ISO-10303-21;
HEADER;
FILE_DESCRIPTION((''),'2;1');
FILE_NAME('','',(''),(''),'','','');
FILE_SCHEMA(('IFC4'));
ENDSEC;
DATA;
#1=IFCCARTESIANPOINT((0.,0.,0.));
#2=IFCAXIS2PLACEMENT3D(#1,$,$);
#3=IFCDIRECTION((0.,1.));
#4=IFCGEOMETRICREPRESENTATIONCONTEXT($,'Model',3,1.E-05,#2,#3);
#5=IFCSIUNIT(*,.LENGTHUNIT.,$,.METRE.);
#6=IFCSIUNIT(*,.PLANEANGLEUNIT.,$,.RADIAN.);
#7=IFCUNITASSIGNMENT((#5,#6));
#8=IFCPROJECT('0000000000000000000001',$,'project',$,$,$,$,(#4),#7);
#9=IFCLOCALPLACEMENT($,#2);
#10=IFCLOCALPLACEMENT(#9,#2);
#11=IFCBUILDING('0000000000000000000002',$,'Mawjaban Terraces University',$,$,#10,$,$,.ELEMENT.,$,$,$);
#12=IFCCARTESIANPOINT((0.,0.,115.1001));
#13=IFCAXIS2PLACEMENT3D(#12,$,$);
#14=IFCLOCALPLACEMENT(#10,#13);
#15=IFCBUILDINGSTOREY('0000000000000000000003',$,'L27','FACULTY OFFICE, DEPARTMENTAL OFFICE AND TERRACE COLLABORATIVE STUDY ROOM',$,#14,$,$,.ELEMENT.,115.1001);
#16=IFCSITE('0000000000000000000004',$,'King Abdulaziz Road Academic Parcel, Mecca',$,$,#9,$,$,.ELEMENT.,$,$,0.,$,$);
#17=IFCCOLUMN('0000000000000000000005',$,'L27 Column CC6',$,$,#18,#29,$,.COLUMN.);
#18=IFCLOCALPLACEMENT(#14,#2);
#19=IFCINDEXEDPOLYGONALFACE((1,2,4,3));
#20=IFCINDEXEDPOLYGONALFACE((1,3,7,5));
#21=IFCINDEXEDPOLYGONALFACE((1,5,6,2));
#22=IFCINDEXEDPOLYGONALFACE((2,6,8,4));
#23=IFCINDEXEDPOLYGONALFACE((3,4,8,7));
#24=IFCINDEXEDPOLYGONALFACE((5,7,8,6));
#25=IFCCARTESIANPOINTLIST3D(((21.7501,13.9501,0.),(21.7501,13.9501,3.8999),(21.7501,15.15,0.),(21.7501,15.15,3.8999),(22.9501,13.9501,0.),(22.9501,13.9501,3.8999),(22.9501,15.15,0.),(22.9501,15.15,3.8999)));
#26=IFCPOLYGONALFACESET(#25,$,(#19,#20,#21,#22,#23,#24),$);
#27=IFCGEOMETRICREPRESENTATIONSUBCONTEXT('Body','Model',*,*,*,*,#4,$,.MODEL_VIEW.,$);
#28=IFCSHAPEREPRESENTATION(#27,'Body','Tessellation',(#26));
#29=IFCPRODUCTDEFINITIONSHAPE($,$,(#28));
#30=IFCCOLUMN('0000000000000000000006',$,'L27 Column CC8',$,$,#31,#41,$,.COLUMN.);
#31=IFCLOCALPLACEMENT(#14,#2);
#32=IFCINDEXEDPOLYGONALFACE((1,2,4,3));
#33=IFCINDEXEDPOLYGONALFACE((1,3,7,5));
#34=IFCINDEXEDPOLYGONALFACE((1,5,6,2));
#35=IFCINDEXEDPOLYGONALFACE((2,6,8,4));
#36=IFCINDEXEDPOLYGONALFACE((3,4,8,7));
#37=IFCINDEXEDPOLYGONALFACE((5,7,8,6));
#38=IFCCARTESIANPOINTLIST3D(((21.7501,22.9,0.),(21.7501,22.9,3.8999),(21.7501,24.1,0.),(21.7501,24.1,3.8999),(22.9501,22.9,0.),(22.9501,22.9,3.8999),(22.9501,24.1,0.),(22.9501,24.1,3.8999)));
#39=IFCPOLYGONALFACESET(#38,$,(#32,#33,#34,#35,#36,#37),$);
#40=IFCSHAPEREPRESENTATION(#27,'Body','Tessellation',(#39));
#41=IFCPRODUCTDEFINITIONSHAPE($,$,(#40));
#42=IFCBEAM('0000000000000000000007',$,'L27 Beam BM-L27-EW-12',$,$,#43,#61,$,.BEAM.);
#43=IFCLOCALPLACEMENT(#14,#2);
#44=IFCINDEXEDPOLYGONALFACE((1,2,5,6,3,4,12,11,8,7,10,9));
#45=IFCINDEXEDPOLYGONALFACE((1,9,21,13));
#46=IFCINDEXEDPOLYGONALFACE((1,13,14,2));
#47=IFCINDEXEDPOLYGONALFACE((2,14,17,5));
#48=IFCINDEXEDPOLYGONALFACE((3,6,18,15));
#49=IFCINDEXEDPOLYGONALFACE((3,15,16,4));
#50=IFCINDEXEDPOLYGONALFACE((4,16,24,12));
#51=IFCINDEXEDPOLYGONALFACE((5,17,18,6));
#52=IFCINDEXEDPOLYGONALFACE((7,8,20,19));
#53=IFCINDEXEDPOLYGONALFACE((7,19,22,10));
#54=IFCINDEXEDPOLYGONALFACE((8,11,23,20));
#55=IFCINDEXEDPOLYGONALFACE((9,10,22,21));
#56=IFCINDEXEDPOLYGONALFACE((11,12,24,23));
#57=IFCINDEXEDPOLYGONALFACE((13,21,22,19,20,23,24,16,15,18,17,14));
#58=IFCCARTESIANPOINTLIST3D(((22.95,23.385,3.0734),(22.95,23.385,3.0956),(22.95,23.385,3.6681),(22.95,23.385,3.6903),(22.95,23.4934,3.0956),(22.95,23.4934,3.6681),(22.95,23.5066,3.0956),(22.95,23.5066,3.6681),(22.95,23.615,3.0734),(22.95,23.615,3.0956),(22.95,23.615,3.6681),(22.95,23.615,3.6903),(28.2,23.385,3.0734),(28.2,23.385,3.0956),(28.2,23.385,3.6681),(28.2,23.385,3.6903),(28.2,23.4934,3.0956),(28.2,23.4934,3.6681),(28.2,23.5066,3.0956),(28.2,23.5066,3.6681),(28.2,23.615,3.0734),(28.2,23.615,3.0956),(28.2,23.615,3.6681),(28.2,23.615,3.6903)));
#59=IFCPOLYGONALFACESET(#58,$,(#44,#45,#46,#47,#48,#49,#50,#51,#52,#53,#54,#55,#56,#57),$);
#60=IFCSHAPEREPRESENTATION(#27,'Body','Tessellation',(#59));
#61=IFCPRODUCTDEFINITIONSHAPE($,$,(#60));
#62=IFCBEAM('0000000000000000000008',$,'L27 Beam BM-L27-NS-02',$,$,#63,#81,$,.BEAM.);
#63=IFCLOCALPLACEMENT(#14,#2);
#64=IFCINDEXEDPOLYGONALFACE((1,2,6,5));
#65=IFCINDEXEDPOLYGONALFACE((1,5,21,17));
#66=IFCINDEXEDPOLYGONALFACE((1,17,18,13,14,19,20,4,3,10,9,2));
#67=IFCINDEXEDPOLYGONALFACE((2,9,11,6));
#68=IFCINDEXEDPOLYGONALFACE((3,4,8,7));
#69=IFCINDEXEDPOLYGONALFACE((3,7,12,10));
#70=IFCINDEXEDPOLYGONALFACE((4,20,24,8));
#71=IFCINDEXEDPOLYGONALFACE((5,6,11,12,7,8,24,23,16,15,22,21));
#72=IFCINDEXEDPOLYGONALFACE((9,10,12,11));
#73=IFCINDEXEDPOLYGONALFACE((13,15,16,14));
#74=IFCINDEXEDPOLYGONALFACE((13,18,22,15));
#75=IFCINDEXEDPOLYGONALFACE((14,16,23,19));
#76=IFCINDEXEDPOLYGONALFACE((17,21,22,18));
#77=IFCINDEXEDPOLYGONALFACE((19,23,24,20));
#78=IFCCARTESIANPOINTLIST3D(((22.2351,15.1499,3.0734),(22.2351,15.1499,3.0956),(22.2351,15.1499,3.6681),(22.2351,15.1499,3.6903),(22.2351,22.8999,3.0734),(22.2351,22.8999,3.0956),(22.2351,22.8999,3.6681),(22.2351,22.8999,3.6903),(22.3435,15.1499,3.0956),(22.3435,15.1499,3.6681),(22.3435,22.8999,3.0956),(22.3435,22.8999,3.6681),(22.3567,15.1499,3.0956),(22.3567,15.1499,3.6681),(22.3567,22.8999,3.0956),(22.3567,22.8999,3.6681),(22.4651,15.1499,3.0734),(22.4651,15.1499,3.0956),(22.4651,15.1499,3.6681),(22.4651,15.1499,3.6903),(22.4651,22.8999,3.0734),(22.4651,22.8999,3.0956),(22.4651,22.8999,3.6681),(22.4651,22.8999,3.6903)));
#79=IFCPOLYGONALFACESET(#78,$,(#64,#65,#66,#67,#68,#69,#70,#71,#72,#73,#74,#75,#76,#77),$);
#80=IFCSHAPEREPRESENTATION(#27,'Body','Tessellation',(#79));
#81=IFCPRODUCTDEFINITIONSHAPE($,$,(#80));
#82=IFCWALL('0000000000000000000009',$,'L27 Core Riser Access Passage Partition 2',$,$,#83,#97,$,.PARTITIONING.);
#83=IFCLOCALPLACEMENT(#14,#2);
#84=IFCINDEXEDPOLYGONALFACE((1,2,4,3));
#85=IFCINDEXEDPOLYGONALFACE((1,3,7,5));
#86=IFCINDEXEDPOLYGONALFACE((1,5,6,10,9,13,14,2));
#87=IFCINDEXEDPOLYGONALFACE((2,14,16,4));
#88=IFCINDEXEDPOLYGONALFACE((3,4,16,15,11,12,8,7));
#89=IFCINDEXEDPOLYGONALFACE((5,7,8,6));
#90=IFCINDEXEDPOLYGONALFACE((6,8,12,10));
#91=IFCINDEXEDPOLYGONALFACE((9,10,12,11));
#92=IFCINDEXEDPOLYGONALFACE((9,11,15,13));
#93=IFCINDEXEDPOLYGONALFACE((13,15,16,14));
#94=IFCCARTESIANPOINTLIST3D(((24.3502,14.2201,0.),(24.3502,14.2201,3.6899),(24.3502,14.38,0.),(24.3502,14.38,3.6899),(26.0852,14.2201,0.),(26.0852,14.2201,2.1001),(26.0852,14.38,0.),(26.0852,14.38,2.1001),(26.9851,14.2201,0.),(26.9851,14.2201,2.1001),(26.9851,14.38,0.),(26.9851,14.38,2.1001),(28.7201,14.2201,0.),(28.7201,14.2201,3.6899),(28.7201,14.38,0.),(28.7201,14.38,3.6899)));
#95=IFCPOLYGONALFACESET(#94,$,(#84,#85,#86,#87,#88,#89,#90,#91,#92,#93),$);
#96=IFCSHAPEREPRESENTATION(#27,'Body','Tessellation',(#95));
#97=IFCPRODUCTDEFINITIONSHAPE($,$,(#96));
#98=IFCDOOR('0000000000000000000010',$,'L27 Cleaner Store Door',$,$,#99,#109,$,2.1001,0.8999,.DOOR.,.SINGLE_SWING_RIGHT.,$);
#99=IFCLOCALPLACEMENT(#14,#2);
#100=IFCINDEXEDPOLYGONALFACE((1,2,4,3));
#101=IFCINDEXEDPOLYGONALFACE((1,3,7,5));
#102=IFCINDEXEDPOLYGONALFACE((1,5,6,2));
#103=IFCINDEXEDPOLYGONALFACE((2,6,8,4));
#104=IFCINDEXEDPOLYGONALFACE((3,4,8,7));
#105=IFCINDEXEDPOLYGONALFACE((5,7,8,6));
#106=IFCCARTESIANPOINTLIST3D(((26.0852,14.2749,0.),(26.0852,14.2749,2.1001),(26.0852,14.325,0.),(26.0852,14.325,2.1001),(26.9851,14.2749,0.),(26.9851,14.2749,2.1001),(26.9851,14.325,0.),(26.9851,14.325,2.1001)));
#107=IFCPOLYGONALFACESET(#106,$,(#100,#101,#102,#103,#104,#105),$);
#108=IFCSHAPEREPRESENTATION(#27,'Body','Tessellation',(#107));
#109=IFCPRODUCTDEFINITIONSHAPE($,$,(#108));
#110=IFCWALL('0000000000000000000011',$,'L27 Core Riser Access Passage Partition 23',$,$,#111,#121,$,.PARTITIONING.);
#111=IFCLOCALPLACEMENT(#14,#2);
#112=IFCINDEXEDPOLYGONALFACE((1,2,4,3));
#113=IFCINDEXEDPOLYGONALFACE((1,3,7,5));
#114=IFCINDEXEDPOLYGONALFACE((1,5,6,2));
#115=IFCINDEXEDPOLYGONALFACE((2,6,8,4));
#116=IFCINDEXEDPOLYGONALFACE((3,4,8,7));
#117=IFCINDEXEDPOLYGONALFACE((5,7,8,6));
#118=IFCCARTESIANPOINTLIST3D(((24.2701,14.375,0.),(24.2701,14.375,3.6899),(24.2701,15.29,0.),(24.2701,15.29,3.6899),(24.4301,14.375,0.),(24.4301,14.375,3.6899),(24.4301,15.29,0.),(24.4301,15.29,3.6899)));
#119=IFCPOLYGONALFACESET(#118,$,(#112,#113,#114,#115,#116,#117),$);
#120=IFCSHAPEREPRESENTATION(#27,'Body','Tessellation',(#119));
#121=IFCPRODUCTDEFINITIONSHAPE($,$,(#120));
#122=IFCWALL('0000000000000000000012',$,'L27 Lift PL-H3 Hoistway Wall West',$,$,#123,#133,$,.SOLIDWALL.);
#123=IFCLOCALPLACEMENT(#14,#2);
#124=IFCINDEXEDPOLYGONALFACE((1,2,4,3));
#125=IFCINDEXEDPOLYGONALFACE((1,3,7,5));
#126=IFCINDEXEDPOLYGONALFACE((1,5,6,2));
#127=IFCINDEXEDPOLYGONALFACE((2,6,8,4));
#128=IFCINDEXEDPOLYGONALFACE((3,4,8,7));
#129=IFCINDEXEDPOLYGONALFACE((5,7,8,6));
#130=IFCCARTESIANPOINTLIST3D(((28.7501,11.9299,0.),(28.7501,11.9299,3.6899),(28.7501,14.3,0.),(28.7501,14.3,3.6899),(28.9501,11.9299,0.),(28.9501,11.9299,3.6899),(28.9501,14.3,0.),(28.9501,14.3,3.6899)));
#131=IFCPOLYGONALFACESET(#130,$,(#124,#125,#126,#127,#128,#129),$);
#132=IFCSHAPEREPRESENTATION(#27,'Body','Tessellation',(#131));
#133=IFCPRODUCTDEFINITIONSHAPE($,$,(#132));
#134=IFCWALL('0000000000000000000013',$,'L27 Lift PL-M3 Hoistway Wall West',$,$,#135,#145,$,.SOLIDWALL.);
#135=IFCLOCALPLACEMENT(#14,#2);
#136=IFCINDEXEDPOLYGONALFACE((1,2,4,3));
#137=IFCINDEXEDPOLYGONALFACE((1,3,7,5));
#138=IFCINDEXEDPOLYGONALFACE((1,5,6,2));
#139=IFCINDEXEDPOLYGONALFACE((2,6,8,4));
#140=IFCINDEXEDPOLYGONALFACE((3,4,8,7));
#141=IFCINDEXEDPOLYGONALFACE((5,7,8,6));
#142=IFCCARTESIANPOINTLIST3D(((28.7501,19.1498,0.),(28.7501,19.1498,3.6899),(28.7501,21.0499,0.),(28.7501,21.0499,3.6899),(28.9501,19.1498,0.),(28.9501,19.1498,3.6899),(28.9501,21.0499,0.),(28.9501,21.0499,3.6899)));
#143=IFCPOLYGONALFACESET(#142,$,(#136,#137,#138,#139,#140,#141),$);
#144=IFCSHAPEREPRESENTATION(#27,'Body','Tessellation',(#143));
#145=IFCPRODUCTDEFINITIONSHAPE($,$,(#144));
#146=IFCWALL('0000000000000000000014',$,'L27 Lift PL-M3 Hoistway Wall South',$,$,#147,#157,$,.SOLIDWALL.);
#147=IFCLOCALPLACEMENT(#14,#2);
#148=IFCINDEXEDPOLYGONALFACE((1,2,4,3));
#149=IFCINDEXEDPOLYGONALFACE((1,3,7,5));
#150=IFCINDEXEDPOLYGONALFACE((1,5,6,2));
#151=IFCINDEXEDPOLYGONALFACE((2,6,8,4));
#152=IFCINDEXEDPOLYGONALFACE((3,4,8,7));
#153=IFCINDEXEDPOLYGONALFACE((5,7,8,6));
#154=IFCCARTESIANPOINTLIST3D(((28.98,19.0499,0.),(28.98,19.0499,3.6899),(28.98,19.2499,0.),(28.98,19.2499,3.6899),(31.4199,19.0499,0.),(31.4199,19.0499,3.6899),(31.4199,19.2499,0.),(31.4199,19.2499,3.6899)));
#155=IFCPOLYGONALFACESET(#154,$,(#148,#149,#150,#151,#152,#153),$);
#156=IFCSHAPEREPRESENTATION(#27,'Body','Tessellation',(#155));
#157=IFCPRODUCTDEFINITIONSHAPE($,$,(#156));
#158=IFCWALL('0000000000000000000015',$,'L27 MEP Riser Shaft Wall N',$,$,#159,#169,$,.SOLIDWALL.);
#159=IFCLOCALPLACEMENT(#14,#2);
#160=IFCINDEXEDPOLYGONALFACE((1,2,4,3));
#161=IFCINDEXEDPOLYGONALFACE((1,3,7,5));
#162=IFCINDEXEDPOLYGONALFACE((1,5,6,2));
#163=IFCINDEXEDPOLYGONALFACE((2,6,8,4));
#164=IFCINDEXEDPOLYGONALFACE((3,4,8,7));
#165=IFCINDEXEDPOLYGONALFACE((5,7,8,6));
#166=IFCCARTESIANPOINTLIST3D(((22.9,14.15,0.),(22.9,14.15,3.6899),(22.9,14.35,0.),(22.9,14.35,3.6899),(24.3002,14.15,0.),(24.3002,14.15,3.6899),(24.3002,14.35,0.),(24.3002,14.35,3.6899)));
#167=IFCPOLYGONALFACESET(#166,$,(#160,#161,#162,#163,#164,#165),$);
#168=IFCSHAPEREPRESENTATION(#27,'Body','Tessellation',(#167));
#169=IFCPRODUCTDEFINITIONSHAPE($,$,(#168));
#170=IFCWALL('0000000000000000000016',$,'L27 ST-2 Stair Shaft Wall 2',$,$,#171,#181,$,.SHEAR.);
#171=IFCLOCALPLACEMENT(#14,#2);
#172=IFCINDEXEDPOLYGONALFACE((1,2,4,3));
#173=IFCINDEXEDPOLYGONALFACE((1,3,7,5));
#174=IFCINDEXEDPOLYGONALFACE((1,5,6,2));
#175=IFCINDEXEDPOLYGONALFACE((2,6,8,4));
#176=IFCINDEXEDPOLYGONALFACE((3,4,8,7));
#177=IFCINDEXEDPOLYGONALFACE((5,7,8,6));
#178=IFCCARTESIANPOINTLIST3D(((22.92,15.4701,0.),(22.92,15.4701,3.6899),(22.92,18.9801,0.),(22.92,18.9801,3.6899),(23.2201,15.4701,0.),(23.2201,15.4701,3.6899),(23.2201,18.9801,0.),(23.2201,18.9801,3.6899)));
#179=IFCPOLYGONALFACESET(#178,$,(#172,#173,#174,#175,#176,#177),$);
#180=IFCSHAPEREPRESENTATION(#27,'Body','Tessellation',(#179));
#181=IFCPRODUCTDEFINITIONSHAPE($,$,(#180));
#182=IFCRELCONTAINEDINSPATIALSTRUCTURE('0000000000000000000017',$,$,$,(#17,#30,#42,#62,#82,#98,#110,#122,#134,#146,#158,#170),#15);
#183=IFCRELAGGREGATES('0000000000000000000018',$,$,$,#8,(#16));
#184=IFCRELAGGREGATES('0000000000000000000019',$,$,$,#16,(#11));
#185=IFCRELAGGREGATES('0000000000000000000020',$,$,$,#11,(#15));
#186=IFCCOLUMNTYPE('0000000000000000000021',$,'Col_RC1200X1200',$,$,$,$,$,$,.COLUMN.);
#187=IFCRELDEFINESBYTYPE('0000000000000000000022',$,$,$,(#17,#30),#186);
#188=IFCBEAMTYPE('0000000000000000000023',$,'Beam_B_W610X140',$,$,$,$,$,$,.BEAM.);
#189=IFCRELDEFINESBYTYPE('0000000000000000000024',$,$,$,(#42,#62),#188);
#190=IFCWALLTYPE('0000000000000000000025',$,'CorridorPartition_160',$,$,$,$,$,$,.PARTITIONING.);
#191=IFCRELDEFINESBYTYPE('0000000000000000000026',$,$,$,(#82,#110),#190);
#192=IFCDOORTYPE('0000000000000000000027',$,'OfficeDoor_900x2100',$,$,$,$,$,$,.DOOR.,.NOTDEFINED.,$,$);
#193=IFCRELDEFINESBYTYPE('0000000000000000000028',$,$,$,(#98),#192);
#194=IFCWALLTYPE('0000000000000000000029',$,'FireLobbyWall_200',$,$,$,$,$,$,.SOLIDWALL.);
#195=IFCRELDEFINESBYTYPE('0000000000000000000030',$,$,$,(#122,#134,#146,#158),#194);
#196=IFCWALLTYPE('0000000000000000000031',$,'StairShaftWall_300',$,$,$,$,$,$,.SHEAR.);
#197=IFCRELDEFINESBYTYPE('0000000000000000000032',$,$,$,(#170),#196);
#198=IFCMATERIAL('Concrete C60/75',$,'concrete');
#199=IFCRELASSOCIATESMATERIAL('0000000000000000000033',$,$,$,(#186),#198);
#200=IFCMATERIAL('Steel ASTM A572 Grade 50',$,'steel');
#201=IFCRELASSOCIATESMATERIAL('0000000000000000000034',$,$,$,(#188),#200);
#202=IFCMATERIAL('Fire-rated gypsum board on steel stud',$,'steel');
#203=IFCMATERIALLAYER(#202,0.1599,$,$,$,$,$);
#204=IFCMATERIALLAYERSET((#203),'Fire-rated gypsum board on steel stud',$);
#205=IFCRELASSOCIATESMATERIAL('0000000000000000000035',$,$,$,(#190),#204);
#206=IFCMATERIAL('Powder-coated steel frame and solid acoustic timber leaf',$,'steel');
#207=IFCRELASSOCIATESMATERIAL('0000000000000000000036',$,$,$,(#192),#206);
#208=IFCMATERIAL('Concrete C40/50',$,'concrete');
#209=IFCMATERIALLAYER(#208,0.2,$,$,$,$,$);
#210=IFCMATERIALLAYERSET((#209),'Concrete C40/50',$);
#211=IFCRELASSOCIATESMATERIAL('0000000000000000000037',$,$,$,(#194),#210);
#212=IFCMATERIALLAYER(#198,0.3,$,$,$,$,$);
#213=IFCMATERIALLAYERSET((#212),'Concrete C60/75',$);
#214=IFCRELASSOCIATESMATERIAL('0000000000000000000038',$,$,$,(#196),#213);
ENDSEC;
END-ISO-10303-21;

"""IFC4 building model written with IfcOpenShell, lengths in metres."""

from ifc_helpers import new_model, si_unit, direction, frame, frame_2d, origin, origin_2d, place, context, subcontext, project, spatial, rectangle, i_section, extrude, material, layer, layer_set, material_profile, profile_set, type_object, element, fill, save


model = new_model("IFC4")

# Units and contexts
model_context = context("Model", 3, precision=1e-05, world=origin(), true_north=direction((0.0, 1.0)))
body_context = subcontext(model_context, "Body", "Model", "MODEL_VIEW")
ifc_project = project(units=[si_unit("LENGTHUNIT", "METRE"), si_unit("PLANEANGLEUNIT", "RADIAN")], contexts=[model_context])

# Site, building, storey
site_placement = place(None, origin())
site = spatial("IfcSite", under=ifc_project, at=site_placement, Name="King Abdulaziz Road Academic Parcel, Mecca", CompositionType="ELEMENT", RefElevation=0.0)
building_placement = place(site_placement, origin())
building = spatial("IfcBuilding", under=site, at=building_placement, Name="Mawjaban Terraces University", CompositionType="ELEMENT")
storey_placement = place(building_placement, frame((0.0, 0.0, 115.1001)))
storey = spatial("IfcBuildingStorey", under=building, at=storey_placement, Name="L27", Description="FACULTY OFFICE, DEPARTMENTAL OFFICE AND TERRACE COLLABORATIVE STUDY ROOM", CompositionType="ELEMENT", Elevation=115.1001)

# Columns
ifc_material_1 = material(Name="Concrete C60/75", Category="concrete")
ifc_material_profile_1 = material_profile(ifc_material_1, rectangle(XDim=1.2, YDim=1.2, at=origin_2d()), Name="RC1200X1200")
ifc_profile_set_1 = profile_set([ifc_material_profile_1], Name="Concrete C60/75")
column_type = type_object("IfcColumnType", Name="Col_RC1200X1200", PredefinedType="COLUMN", material=ifc_profile_set_1)
for number, where, z_axis, x_axis, name in (
    (1, (22.3501, 14.55, 0.0), (0.0, 0.0, 1.0), (1.0, 0.0, 0.0), "L27 Column CC6"),
    (2, (22.3501, 23.5, 0.0), (0.0, 0.0, 1.0), (1.0, 0.0, 0.0), "L27 Column CC8"),
):
    element("IfcColumn", number, at=place(storey_placement, frame(where, z_axis=z_axis, x_axis=x_axis)), inside=storey, type_object=column_type, Name=name, PredefinedType="COLUMN", context=body_context, shape_type="SweptSolid", body=[
        extrude(rectangle(XDim=1.2, YDim=1.2, at=origin_2d()), origin(), (0.0, 0.0, 1.0), 3.8999),
    ])

# Beams
ifc_material_2 = material(Name="Steel ASTM A572 Grade 50", Category="steel")
ifc_material_profile_2 = material_profile(ifc_material_2, i_section(OverallWidth=0.23, OverallDepth=0.6169, WebThickness=0.0132, FlangeThickness=0.0222, at=origin_2d()), Name="W610X140")
ifc_profile_set_2 = profile_set([ifc_material_profile_2], Name="Steel ASTM A572 Grade 50")
beam_type = type_object("IfcBeamType", Name="Beam_B_W610X140", PredefinedType="BEAM", material=ifc_profile_set_2)
beam_1_placement = place(storey_placement, frame((22.95, 23.5, 3.3818), z_axis=(1.0, 0.0, 0.0), x_axis=(0.0, 1.0, 0.0)))
element("IfcBeam", 3, at=beam_1_placement, inside=storey, type_object=beam_type, Name="L27 Beam BM-L27-EW-12", PredefinedType="BEAM", context=body_context, shape_type="SweptSolid", body=[
    extrude(i_section(OverallWidth=0.23, OverallDepth=0.6169, WebThickness=0.0132, FlangeThickness=0.0222, at=origin_2d()), origin(), (0.0, 0.0, 1.0), 5.25),
])
beam_2_placement = place(storey_placement, frame((22.3501, 15.1499, 3.3818), z_axis=(0.0, 1.0, 0.0), x_axis=(-1.0, 0.0, 0.0)))
element("IfcBeam", 4, at=beam_2_placement, inside=storey, type_object=beam_type, Name="L27 Beam BM-L27-NS-02", PredefinedType="BEAM", context=body_context, shape_type="SweptSolid", body=[
    extrude(i_section(OverallWidth=0.23, OverallDepth=0.6169, WebThickness=0.0132, FlangeThickness=0.0222, at=origin_2d()), origin(), (0.0, 0.0, 1.0), 7.75),
])

# Wall, opening, door
ifc_material_3 = material(Name="Fire-rated gypsum board on steel stud", Category="steel")
ifc_layer_1 = layer(ifc_material_3, 0.1599)
ifc_layer_set_1 = layer_set([ifc_layer_1], Name="Fire-rated gypsum board on steel stud")
wall_type_1 = type_object("IfcWallType", Name="CorridorPartition_160", PredefinedType="PARTITIONING", material=ifc_layer_set_1)
wall_1_placement = place(storey_placement, frame((24.3501, 14.3, 0.0), z_axis=(0.0, 0.0, 1.0), x_axis=(1.0, 0.0, 0.0)))
wall_1 = element("IfcWall", 5, at=wall_1_placement, inside=storey, type_object=wall_type_1, Name="L27 Core Riser Access Passage Partition 2", PredefinedType="PARTITIONING", context=body_context, shape_type="SweptSolid", body=[
    extrude(rectangle(XDim=4.3699, YDim=0.1599, at=frame_2d((2.1851, 0.0))), origin(), (0.0, 0.0, 1.0), 3.6899),
])
opening_placement = place(wall_1_placement, frame((1.7351, 0.0, 0.0)))
opening = element("IfcOpeningElement", 6, at=opening_placement, cuts=wall_1, PredefinedType="OPENING", context=body_context, shape_type="SweptSolid", body=[
    extrude(rectangle(XDim=0.8999, YDim=2.1001, at=frame_2d((0.45, 1.05))), frame((0.0, 0.0898, 0.0), z_axis=(0.0, -1.0, 0.0), x_axis=(1.0, 0.0, 0.0)), (0.0, 0.0, 1.0), 0.1799),
])
ifc_material_4 = material(Name="Powder-coated steel frame and solid acoustic timber leaf", Category="steel")
door_type = type_object("IfcDoorType", Name="OfficeDoor_900x2100", OperationType="NOTDEFINED", PredefinedType="DOOR", material=ifc_material_4)
door_placement = place(opening_placement, origin())
door = element("IfcDoor", 7, at=door_placement, inside=storey, type_object=door_type, Name="L27 Cleaner Store Door", OperationType="SINGLE_SWING_RIGHT", OverallHeight=2.1001, OverallWidth=0.8999, PredefinedType="DOOR", context=body_context, shape_type="SweptSolid", body=[
    extrude(rectangle(XDim=0.8999, YDim=2.1001, at=frame_2d((0.45, 1.05))), frame((0.0, 0.0249, 0.0), z_axis=(0.0, -1.0, 0.0), x_axis=(1.0, 0.0, 0.0)), (0.0, 0.0, 1.0), 0.05),
])
fill(opening, door)

# Walls
wall_2_placement = place(storey_placement, frame((24.3501, 15.29, 0.0), z_axis=(0.0, 0.0, 1.0), x_axis=(0.0, -1.0, 0.0)))
element("IfcWall", 8, at=wall_2_placement, inside=storey, type_object=wall_type_1, Name="L27 Core Riser Access Passage Partition 23", PredefinedType="PARTITIONING", context=body_context, shape_type="SweptSolid", body=[
    extrude(rectangle(XDim=0.915, YDim=0.1599, at=frame_2d((0.4575, 0.0))), origin(), (0.0, 0.0, 1.0), 3.6899),
])
ifc_material_5 = material(Name="Concrete C40/50", Category="concrete")
ifc_layer_2 = layer(ifc_material_5, 0.2)
ifc_layer_set_2 = layer_set([ifc_layer_2], Name="Concrete C40/50")
wall_type_2 = type_object("IfcWallType", Name="FireLobbyWall_200", PredefinedType="SOLIDWALL", material=ifc_layer_set_2)
wall_3_placement = place(storey_placement, frame((28.8501, 14.3, 0.0), z_axis=(0.0, 0.0, 1.0), x_axis=(0.0, -1.0, 0.0)))
element("IfcWall", 9, at=wall_3_placement, inside=storey, type_object=wall_type_2, Name="L27 Lift PL-H3 Hoistway Wall West", PredefinedType="SOLIDWALL", context=body_context, shape_type="SweptSolid", body=[
    extrude(rectangle(XDim=2.3701, YDim=0.2, at=frame_2d((1.1851, 0.0))), origin(), (0.0, 0.0, 1.0), 3.6899),
])
wall_4_placement = place(storey_placement, frame((28.8501, 21.05, 0.0), z_axis=(0.0, 0.0, 1.0), x_axis=(0.0, -1.0, 0.0)))
element("IfcWall", 10, at=wall_4_placement, inside=storey, type_object=wall_type_2, Name="L27 Lift PL-M3 Hoistway Wall West", PredefinedType="SOLIDWALL", context=body_context, shape_type="SweptSolid", body=[
    extrude(rectangle(XDim=1.9001, YDim=0.2, at=frame_2d((0.9502, 0.0))), origin(), (0.0, 0.0, 1.0), 3.6899),
])
wall_5_placement = place(storey_placement, frame((28.98, 19.1499, 0.0), z_axis=(0.0, 0.0, 1.0), x_axis=(1.0, 0.0, 0.0)))
element("IfcWall", 11, at=wall_5_placement, inside=storey, type_object=wall_type_2, Name="L27 Lift PL-M3 Hoistway Wall South", PredefinedType="SOLIDWALL", context=body_context, shape_type="SweptSolid", body=[
    extrude(rectangle(XDim=2.4399, YDim=0.2, at=frame_2d((1.22, 0.0))), origin(), (0.0, 0.0, 1.0), 3.6899),
])
wall_6_placement = place(storey_placement, frame((22.8999, 14.25, 0.0), z_axis=(0.0, 0.0, 1.0), x_axis=(1.0, 0.0, 0.0)))
element("IfcWall", 12, at=wall_6_placement, inside=storey, type_object=wall_type_2, Name="L27 MEP Riser Shaft Wall N", PredefinedType="SOLIDWALL", context=body_context, shape_type="SweptSolid", body=[
    extrude(rectangle(XDim=1.4001, YDim=0.2, at=frame_2d((0.7002, 0.0))), origin(), (0.0, 0.0, 1.0), 3.6899),
])
ifc_layer_3 = layer(ifc_material_1, 0.3)
ifc_layer_set_3 = layer_set([ifc_layer_3], Name="Concrete C60/75")
wall_type_3 = type_object("IfcWallType", Name="StairShaftWall_300", PredefinedType="SHEAR", material=ifc_layer_set_3)
wall_7_placement = place(storey_placement, frame((23.0701, 18.98, 0.0), z_axis=(0.0, 0.0, 1.0), x_axis=(0.0, -1.0, 0.0)))
element("IfcWall", 13, at=wall_7_placement, inside=storey, type_object=wall_type_3, Name="L27 ST-2 Stair Shaft Wall 2", PredefinedType="SHEAR", context=body_context, shape_type="SweptSolid", body=[
    extrude(rectangle(XDim=3.51, YDim=0.3, at=frame_2d((1.7549, 0.0))), origin(), (0.0, 0.0, 1.0), 3.6899),
])

save(model, "model.ifc")
